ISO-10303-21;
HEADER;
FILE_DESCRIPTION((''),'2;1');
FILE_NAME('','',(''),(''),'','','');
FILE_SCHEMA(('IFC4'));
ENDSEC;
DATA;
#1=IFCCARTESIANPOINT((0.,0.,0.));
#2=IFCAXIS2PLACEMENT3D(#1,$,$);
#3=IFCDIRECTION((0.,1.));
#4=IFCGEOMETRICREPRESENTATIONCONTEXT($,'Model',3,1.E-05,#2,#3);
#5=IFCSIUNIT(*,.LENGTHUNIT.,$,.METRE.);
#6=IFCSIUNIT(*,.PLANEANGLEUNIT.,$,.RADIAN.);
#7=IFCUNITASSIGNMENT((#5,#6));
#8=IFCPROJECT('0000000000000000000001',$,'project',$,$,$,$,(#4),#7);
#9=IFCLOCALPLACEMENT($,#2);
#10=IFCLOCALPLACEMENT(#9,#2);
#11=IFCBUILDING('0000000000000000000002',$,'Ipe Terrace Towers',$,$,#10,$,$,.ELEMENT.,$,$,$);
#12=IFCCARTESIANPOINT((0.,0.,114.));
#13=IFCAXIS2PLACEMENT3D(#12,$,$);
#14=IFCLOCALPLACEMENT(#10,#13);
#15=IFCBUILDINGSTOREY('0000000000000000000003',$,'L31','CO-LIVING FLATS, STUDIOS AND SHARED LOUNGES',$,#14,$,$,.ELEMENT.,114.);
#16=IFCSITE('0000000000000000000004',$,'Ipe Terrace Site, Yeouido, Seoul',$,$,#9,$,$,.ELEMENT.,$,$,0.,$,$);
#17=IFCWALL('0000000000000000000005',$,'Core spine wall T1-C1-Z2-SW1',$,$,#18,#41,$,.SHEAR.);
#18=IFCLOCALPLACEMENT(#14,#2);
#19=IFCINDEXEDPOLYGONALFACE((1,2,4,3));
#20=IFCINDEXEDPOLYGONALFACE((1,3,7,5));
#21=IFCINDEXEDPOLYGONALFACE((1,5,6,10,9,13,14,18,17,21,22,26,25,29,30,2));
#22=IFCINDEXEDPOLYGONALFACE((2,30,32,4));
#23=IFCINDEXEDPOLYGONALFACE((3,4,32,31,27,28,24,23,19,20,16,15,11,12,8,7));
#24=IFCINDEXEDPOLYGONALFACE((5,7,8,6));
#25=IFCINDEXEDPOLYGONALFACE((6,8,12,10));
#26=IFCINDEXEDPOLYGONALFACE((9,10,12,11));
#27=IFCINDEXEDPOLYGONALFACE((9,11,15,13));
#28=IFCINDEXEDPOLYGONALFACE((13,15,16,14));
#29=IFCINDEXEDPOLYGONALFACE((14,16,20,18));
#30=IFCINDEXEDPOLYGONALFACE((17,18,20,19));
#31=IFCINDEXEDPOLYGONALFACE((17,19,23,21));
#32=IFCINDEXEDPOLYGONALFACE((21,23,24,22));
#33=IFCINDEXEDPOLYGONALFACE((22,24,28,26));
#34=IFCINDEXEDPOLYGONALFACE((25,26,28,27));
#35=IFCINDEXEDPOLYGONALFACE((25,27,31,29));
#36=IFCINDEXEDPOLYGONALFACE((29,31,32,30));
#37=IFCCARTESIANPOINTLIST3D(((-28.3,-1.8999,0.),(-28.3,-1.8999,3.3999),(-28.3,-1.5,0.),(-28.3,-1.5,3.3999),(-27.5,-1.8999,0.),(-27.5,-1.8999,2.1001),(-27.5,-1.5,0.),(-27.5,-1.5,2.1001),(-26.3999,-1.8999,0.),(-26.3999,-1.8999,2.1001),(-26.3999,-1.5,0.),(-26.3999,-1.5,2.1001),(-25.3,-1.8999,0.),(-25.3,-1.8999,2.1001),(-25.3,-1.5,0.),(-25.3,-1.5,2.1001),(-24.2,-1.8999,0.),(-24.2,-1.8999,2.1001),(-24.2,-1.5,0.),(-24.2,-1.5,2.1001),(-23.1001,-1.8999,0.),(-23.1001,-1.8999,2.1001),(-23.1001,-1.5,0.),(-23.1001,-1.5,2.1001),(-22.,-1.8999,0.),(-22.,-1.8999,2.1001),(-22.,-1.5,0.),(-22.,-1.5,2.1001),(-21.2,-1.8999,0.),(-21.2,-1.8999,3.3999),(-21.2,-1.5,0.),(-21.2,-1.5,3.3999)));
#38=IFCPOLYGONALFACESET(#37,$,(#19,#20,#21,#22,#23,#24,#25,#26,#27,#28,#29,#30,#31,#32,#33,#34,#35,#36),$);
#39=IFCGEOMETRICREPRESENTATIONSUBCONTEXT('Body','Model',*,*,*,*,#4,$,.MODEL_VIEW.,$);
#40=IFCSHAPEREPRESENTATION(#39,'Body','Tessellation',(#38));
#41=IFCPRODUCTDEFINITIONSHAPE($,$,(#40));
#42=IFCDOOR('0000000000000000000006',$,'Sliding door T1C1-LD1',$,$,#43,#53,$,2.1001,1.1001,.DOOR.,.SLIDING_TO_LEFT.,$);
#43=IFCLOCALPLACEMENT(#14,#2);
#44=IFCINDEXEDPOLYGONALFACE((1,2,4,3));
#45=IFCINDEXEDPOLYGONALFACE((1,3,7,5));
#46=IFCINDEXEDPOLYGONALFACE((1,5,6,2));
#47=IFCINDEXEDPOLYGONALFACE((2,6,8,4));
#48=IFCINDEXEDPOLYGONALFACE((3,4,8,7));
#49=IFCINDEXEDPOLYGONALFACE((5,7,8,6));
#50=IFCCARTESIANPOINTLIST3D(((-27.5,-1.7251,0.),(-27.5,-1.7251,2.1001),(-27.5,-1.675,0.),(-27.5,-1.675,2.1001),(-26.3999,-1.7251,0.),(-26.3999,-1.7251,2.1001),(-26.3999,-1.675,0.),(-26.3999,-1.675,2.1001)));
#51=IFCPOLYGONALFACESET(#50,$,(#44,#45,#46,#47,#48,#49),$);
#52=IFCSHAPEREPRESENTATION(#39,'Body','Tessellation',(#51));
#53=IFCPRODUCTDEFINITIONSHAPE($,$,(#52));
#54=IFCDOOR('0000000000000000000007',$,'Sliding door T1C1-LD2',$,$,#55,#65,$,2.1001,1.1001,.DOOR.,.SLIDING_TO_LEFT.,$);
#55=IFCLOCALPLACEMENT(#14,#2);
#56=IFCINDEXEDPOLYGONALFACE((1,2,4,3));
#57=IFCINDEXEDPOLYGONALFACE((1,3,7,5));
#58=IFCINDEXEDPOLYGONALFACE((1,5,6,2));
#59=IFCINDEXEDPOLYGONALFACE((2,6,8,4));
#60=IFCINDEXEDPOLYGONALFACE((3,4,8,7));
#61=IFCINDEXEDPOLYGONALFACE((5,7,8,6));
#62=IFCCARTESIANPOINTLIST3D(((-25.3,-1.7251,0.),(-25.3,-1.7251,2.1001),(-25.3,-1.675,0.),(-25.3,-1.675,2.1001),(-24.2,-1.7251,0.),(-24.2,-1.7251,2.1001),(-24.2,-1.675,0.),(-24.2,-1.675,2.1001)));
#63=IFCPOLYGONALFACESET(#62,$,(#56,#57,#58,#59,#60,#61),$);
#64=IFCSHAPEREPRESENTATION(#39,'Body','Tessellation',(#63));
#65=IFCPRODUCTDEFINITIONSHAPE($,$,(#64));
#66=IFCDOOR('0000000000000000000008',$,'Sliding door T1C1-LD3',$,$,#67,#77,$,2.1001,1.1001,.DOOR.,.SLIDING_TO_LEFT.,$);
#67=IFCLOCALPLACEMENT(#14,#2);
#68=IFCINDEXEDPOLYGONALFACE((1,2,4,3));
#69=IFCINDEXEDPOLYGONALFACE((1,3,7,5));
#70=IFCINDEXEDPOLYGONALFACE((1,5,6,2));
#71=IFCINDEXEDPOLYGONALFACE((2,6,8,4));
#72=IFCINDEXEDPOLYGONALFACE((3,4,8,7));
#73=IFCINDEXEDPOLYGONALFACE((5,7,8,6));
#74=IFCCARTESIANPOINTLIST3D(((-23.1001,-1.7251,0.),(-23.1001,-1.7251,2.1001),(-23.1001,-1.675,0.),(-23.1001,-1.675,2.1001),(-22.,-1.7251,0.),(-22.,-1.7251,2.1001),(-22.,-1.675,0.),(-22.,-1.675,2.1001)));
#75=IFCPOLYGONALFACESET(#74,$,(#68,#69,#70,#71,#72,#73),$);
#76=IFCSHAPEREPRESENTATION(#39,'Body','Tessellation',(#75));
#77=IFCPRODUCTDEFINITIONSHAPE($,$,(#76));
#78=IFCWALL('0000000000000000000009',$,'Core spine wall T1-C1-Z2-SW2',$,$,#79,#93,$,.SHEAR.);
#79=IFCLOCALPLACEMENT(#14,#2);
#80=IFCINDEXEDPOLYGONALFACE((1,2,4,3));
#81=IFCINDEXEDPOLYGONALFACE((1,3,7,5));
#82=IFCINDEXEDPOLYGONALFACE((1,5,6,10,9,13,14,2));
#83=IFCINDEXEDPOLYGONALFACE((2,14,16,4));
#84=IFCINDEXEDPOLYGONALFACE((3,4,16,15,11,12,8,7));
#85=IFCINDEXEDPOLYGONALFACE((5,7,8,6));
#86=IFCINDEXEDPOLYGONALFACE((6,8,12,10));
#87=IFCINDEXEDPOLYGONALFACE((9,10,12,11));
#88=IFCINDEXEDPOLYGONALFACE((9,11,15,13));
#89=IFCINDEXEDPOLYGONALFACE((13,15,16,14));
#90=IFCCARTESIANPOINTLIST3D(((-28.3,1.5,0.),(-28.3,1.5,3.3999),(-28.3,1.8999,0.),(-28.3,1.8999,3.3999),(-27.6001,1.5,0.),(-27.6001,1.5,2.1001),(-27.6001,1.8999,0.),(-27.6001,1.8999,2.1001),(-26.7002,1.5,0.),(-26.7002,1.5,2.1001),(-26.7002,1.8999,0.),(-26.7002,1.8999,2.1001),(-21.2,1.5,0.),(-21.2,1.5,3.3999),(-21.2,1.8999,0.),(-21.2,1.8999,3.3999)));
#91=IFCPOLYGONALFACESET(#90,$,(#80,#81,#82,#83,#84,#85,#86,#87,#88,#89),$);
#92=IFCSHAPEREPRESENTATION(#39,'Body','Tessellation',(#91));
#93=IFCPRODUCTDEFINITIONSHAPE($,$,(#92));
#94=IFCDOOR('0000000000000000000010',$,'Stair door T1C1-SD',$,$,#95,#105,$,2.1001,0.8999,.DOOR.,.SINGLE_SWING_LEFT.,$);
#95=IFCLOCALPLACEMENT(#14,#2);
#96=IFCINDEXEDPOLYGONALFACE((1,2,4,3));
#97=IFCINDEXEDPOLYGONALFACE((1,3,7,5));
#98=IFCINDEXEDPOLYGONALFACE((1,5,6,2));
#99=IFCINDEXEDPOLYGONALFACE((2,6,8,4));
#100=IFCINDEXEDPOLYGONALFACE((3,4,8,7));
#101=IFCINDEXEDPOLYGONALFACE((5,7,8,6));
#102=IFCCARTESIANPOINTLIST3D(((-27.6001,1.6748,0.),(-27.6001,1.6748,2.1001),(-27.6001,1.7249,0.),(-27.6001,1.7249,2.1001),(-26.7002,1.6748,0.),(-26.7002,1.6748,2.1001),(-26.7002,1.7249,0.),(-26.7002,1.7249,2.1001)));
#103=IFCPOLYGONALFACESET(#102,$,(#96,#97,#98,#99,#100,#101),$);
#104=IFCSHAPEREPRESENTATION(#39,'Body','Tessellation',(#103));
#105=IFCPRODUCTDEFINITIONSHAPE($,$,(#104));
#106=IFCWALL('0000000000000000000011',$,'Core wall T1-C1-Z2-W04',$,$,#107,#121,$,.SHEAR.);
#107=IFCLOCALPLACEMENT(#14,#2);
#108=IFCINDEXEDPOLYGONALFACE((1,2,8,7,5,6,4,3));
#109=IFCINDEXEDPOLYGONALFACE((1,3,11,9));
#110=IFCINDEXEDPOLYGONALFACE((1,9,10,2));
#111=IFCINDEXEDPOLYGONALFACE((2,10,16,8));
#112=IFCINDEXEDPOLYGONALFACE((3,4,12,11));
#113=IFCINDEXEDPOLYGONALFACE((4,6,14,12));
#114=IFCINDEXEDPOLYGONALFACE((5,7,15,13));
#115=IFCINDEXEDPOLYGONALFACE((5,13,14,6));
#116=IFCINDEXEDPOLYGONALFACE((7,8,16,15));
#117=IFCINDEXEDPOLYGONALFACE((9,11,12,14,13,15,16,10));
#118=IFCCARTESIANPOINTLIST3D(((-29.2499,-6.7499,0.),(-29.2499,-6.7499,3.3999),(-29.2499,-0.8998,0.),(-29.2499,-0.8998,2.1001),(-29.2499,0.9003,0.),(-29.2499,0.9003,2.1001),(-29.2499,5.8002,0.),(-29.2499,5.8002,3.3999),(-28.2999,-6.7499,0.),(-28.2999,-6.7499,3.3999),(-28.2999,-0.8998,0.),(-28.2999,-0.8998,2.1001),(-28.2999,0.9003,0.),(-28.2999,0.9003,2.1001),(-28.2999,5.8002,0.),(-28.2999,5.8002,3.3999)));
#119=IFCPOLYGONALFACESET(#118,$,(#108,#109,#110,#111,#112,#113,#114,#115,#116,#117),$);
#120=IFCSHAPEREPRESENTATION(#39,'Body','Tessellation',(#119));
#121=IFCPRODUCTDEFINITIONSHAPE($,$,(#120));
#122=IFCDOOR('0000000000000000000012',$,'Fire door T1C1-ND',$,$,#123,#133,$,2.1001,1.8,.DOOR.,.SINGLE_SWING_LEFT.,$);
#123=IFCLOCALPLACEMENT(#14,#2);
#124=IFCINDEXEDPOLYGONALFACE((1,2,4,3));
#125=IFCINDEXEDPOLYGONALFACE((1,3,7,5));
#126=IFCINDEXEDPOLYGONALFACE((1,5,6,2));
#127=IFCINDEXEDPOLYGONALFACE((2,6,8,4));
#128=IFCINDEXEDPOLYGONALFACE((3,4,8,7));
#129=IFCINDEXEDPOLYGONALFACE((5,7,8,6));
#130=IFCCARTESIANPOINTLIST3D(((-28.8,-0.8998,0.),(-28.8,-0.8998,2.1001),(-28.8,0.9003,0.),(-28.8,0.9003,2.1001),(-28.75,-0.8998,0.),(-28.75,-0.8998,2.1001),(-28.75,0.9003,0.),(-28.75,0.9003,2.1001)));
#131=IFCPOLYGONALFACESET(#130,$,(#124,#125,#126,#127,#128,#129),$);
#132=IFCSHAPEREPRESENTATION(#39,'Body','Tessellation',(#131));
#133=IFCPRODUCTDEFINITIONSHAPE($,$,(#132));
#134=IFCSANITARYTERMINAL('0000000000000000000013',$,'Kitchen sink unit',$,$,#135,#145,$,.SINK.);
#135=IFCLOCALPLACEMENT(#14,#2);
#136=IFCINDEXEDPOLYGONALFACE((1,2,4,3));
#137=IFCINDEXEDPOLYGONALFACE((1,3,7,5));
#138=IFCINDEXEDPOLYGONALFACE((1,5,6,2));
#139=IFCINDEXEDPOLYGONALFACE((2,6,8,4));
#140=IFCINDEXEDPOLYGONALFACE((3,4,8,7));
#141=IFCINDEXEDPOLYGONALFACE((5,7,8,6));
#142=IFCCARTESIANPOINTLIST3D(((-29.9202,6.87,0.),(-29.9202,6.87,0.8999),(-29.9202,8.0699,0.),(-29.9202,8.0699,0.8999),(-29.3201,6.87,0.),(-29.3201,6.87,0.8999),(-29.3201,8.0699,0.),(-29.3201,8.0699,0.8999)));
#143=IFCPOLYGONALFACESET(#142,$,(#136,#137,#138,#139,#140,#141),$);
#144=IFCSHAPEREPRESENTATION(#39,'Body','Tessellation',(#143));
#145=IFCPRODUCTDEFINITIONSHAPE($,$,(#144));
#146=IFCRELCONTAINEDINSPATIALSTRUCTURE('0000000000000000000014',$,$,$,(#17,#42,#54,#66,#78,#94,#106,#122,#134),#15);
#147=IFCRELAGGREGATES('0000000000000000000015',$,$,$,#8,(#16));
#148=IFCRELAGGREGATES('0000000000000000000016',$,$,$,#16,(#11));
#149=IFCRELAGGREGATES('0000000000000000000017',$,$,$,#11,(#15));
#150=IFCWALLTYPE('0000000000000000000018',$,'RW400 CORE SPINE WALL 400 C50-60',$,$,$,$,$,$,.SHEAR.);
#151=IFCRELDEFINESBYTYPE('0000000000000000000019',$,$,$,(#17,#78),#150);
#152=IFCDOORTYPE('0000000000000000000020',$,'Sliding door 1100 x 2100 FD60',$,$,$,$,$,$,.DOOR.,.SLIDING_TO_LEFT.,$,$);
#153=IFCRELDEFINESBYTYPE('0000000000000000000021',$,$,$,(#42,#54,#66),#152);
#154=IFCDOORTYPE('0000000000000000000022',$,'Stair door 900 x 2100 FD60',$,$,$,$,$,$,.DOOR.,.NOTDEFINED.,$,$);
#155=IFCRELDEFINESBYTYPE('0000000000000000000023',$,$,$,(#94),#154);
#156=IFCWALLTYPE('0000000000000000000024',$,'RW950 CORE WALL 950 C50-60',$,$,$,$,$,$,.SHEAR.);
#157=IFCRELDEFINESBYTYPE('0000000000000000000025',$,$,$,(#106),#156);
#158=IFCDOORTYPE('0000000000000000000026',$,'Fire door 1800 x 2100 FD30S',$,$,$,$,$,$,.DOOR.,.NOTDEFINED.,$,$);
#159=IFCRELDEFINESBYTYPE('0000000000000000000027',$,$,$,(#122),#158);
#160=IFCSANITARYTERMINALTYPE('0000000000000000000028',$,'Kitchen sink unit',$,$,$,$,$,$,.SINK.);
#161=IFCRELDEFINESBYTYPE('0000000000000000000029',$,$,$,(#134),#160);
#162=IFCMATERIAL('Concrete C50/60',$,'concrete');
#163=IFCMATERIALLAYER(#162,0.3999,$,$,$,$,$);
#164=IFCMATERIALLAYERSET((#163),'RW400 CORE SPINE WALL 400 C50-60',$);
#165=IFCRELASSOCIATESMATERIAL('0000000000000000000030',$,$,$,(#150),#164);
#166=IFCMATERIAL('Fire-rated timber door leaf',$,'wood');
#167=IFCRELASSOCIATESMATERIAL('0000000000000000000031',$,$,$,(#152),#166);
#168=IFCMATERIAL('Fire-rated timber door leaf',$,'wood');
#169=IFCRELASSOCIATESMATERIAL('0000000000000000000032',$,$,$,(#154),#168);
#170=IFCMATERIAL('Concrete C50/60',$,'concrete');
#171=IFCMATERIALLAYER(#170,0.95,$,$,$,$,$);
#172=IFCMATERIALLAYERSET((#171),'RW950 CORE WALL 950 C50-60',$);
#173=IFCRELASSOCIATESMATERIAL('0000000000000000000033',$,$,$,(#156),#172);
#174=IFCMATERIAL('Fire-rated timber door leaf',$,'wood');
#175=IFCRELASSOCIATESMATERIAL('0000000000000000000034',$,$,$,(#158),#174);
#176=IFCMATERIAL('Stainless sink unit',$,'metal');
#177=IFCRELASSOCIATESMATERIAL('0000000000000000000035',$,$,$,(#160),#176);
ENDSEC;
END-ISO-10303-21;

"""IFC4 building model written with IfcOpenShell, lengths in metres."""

from ifc_helpers import new_model, si_unit, direction, frame, frame_2d, origin, origin_2d, place, context, subcontext, project, spatial, rectangle, extrude, material, layer, layer_set, type_object, element, fill, save


model = new_model("IFC4")

# Units and contexts
model_context = context("Model", 3, precision=1e-05, world=origin(), true_north=direction((0.0, 1.0)))
body_context = subcontext(model_context, "Body", "Model", "MODEL_VIEW")
ifc_project = project(units=[si_unit("LENGTHUNIT", "METRE"), si_unit("PLANEANGLEUNIT", "RADIAN")], contexts=[model_context])

# Site, building, storey
site_placement = place(None, origin())
site = spatial("IfcSite", under=ifc_project, at=site_placement, Name="Ipe Terrace Site, Yeouido, Seoul", CompositionType="ELEMENT", RefElevation=0.0)
building_placement = place(site_placement, origin())
building = spatial("IfcBuilding", under=site, at=building_placement, Name="Ipe Terrace Towers", CompositionType="ELEMENT")
storey_placement = place(building_placement, frame((0.0, 0.0, 114.0)))
storey = spatial("IfcBuildingStorey", under=building, at=storey_placement, Name="L31", Description="CO-LIVING FLATS, STUDIOS AND SHARED LOUNGES", CompositionType="ELEMENT", Elevation=114.0)

# Wall, openings, doors
ifc_material_1 = material(Name="Concrete C50/60", Category="concrete")
ifc_layer_1 = layer(ifc_material_1, 0.3999)
ifc_layer_set_1 = layer_set([ifc_layer_1], Name="RW400 CORE SPINE WALL 400 C50-60")
wall_type_1 = type_object("IfcWallType", Name="RW400 CORE SPINE WALL 400 C50-60", PredefinedType="SHEAR", material=ifc_layer_set_1)
wall_1_placement = place(storey_placement, frame((-28.3, -1.7, 0.0), z_axis=(0.0, 0.0, 1.0), x_axis=(1.0, 0.0, 0.0)))
wall_1 = element("IfcWall", 1, at=wall_1_placement, inside=storey, type_object=wall_type_1, Name="Core spine wall T1-C1-Z2-SW1", PredefinedType="SHEAR", context=body_context, shape_type="SweptSolid", body=[
    extrude(rectangle(XDim=7.1001, YDim=0.3999, at=frame_2d((3.55, 0.0))), origin(), (0.0, 0.0, 1.0), 3.3999),
])
opening_1_placement = place(wall_1_placement, frame((0.8, 0.0, 0.0)))
opening_1 = element("IfcOpeningElement", 2, at=opening_1_placement, cuts=wall_1, PredefinedType="OPENING", context=body_context, shape_type="SweptSolid", body=[
    extrude(rectangle(XDim=1.1001, YDim=2.1001, at=frame_2d((0.55, 1.05))), frame((0.0, 0.21, 0.0), z_axis=(0.0, -1.0, 0.0), x_axis=(1.0, 0.0, 0.0)), (0.0, 0.0, 1.0), 0.4199),
])
opening_2_placement = place(wall_1_placement, frame((3.0, 0.0, 0.0)))
opening_2 = element("IfcOpeningElement", 3, at=opening_2_placement, cuts=wall_1, PredefinedType="OPENING", context=body_context, shape_type="SweptSolid", body=[
    extrude(rectangle(XDim=1.1001, YDim=2.1001, at=frame_2d((0.55, 1.05))), frame((0.0, 0.21, 0.0), z_axis=(0.0, -1.0, 0.0), x_axis=(1.0, 0.0, 0.0)), (0.0, 0.0, 1.0), 0.4199),
])
opening_3_placement = place(wall_1_placement, frame((5.2, 0.0, 0.0)))
opening_3 = element("IfcOpeningElement", 4, at=opening_3_placement, cuts=wall_1, PredefinedType="OPENING", context=body_context, shape_type="SweptSolid", body=[
    extrude(rectangle(XDim=1.1001, YDim=2.1001, at=frame_2d((0.55, 1.05))), frame((0.0, 0.21, 0.0), z_axis=(0.0, -1.0, 0.0), x_axis=(1.0, 0.0, 0.0)), (0.0, 0.0, 1.0), 0.4199),
])
ifc_material_2 = material(Name="Fire-rated timber door leaf", Category="wood")
door_type_1 = type_object("IfcDoorType", Name="Sliding door 1100 x 2100 FD60", OperationType="SLIDING_TO_LEFT", PredefinedType="DOOR", material=ifc_material_2)
door_1_placement = place(opening_1_placement, origin())
door_1 = element("IfcDoor", 5, at=door_1_placement, inside=storey, type_object=door_type_1, Name="Sliding door T1C1-LD1", OperationType="SLIDING_TO_LEFT", OverallHeight=2.1001, OverallWidth=1.1001, PredefinedType="DOOR", context=body_context, shape_type="SweptSolid", body=[
    extrude(rectangle(XDim=1.1001, YDim=2.1001, at=frame_2d((0.55, 1.05))), frame((0.0, 0.0249, 0.0), z_axis=(0.0, -1.0, 0.0), x_axis=(1.0, 0.0, 0.0)), (0.0, 0.0, 1.0), 0.05),
])
fill(opening_1, door_1)
door_2_placement = place(opening_2_placement, origin())
door_2 = element("IfcDoor", 6, at=door_2_placement, inside=storey, type_object=door_type_1, Name="Sliding door T1C1-LD2", OperationType="SLIDING_TO_LEFT", OverallHeight=2.1001, OverallWidth=1.1001, PredefinedType="DOOR", context=body_context, shape_type="SweptSolid", body=[
    extrude(rectangle(XDim=1.1001, YDim=2.1001, at=frame_2d((0.55, 1.05))), frame((0.0, 0.0249, 0.0), z_axis=(0.0, -1.0, 0.0), x_axis=(1.0, 0.0, 0.0)), (0.0, 0.0, 1.0), 0.05),
])
fill(opening_2, door_2)
door_3_placement = place(opening_3_placement, origin())
door_3 = element("IfcDoor", 7, at=door_3_placement, inside=storey, type_object=door_type_1, Name="Sliding door T1C1-LD3", OperationType="SLIDING_TO_LEFT", OverallHeight=2.1001, OverallWidth=1.1001, PredefinedType="DOOR", context=body_context, shape_type="SweptSolid", body=[
    extrude(rectangle(XDim=1.1001, YDim=2.1001, at=frame_2d((0.55, 1.05))), frame((0.0, 0.0249, 0.0), z_axis=(0.0, -1.0, 0.0), x_axis=(1.0, 0.0, 0.0)), (0.0, 0.0, 1.0), 0.05),
])
fill(opening_3, door_3)

# Walls, openings, doors
wall_2_placement = place(storey_placement, frame((-28.3, 1.7, 0.0), z_axis=(0.0, 0.0, 1.0), x_axis=(1.0, 0.0, 0.0)))
wall_2 = element("IfcWall", 8, at=wall_2_placement, inside=storey, type_object=wall_type_1, Name="Core spine wall T1-C1-Z2-SW2", PredefinedType="SHEAR", context=body_context, shape_type="SweptSolid", body=[
    extrude(rectangle(XDim=7.1001, YDim=0.3999, at=frame_2d((3.55, 0.0))), origin(), (0.0, 0.0, 1.0), 3.3999),
])
opening_4_placement = place(wall_2_placement, frame((0.7, 0.0, 0.0)))
opening_4 = element("IfcOpeningElement", 9, at=opening_4_placement, cuts=wall_2, PredefinedType="OPENING", context=body_context, shape_type="SweptSolid", body=[
    extrude(rectangle(XDim=0.8999, YDim=2.1001, at=frame_2d((0.45, 1.05))), frame((0.0, 0.21, 0.0), z_axis=(0.0, -1.0, 0.0), x_axis=(1.0, 0.0, 0.0)), (0.0, 0.0, 1.0), 0.4199),
])
ifc_material_3 = material(Name="Fire-rated timber door leaf", Category="wood")
door_type_2 = type_object("IfcDoorType", Name="Stair door 900 x 2100 FD60", OperationType="NOTDEFINED", PredefinedType="DOOR", material=ifc_material_3)
door_4_placement = place(opening_4_placement, origin())
door_4 = element("IfcDoor", 10, at=door_4_placement, inside=storey, type_object=door_type_2, Name="Stair door T1C1-SD", OperationType="SINGLE_SWING_LEFT", OverallHeight=2.1001, OverallWidth=0.8999, PredefinedType="DOOR", context=body_context, shape_type="SweptSolid", body=[
    extrude(rectangle(XDim=0.8999, YDim=2.1001, at=frame_2d((0.45, 1.05))), frame((0.0, 0.0249, 0.0), z_axis=(0.0, -1.0, 0.0), x_axis=(1.0, 0.0, 0.0)), (0.0, 0.0, 1.0), 0.05),
])
fill(opening_4, door_4)
ifc_material_4 = material(Name="Concrete C50/60", Category="concrete")
ifc_layer_2 = layer(ifc_material_4, 0.95)
ifc_layer_set_2 = layer_set([ifc_layer_2], Name="RW950 CORE WALL 950 C50-60")
wall_type_2 = type_object("IfcWallType", Name="RW950 CORE WALL 950 C50-60", PredefinedType="SHEAR", material=ifc_layer_set_2)
wall_3_placement = place(storey_placement, frame((-28.7749, 5.8, 0.0), z_axis=(0.0, 0.0, 1.0), x_axis=(0.0, -1.0, 0.0)))
wall_3 = element("IfcWall", 11, at=wall_3_placement, inside=storey, type_object=wall_type_2, Name="Core wall T1-C1-Z2-W04", PredefinedType="SHEAR", context=body_context, shape_type="SweptSolid", body=[
    extrude(rectangle(XDim=12.55, YDim=0.95, at=frame_2d((6.2749, 0.0))), origin(), (0.0, 0.0, 1.0), 3.3999),
])
opening_5_placement = place(wall_3_placement, frame((4.8999, 0.0, 0.0)))
opening_5 = element("IfcOpeningElement", 12, at=opening_5_placement, cuts=wall_3, PredefinedType="OPENING", context=body_context, shape_type="SweptSolid", body=[
    extrude(rectangle(XDim=1.8, YDim=2.1001, at=frame_2d((0.8999, 1.05))), frame((0.0, 0.4849, 0.0), z_axis=(0.0, -1.0, 0.0), x_axis=(1.0, 0.0, 0.0)), (0.0, 0.0, 1.0), 0.97),
])
ifc_material_5 = material(Name="Fire-rated timber door leaf", Category="wood")
door_type_3 = type_object("IfcDoorType", Name="Fire door 1800 x 2100 FD30S", OperationType="NOTDEFINED", PredefinedType="DOOR", material=ifc_material_5)
door_5_placement = place(opening_5_placement, origin())
door_5 = element("IfcDoor", 13, at=door_5_placement, inside=storey, type_object=door_type_3, Name="Fire door T1C1-ND", OperationType="SINGLE_SWING_LEFT", OverallHeight=2.1001, OverallWidth=1.8, PredefinedType="DOOR", context=body_context, shape_type="SweptSolid", body=[
    extrude(rectangle(XDim=1.8, YDim=2.1001, at=frame_2d((0.8999, 1.05))), frame((0.0, 0.0249, 0.0), z_axis=(0.0, -1.0, 0.0), x_axis=(1.0, 0.0, 0.0)), (0.0, 0.0, 1.0), 0.05),
])
fill(opening_5, door_5)

# Sanitary terminal
ifc_material_6 = material(Name="Stainless sink unit", Category="metal")
sanitary_terminal_type = type_object("IfcSanitaryTerminalType", Name="Kitchen sink unit", PredefinedType="SINK", material=ifc_material_6)
sanitary_terminal_placement = place(storey_placement, frame((-29.6201, 7.47, 0.0), z_axis=(0.0, 0.0, 1.0), x_axis=(0.0, -1.0, 0.0)))
element("IfcSanitaryTerminal", 14, at=sanitary_terminal_placement, inside=storey, type_object=sanitary_terminal_type, Name="Kitchen sink unit", PredefinedType="SINK", context=body_context, shape_type="SweptSolid", body=[
    extrude(rectangle(XDim=1.2, YDim=0.6001, at=origin_2d()), origin(), (0.0, 0.0, 1.0), 0.8999),
])

save(model, "model.ifc")
